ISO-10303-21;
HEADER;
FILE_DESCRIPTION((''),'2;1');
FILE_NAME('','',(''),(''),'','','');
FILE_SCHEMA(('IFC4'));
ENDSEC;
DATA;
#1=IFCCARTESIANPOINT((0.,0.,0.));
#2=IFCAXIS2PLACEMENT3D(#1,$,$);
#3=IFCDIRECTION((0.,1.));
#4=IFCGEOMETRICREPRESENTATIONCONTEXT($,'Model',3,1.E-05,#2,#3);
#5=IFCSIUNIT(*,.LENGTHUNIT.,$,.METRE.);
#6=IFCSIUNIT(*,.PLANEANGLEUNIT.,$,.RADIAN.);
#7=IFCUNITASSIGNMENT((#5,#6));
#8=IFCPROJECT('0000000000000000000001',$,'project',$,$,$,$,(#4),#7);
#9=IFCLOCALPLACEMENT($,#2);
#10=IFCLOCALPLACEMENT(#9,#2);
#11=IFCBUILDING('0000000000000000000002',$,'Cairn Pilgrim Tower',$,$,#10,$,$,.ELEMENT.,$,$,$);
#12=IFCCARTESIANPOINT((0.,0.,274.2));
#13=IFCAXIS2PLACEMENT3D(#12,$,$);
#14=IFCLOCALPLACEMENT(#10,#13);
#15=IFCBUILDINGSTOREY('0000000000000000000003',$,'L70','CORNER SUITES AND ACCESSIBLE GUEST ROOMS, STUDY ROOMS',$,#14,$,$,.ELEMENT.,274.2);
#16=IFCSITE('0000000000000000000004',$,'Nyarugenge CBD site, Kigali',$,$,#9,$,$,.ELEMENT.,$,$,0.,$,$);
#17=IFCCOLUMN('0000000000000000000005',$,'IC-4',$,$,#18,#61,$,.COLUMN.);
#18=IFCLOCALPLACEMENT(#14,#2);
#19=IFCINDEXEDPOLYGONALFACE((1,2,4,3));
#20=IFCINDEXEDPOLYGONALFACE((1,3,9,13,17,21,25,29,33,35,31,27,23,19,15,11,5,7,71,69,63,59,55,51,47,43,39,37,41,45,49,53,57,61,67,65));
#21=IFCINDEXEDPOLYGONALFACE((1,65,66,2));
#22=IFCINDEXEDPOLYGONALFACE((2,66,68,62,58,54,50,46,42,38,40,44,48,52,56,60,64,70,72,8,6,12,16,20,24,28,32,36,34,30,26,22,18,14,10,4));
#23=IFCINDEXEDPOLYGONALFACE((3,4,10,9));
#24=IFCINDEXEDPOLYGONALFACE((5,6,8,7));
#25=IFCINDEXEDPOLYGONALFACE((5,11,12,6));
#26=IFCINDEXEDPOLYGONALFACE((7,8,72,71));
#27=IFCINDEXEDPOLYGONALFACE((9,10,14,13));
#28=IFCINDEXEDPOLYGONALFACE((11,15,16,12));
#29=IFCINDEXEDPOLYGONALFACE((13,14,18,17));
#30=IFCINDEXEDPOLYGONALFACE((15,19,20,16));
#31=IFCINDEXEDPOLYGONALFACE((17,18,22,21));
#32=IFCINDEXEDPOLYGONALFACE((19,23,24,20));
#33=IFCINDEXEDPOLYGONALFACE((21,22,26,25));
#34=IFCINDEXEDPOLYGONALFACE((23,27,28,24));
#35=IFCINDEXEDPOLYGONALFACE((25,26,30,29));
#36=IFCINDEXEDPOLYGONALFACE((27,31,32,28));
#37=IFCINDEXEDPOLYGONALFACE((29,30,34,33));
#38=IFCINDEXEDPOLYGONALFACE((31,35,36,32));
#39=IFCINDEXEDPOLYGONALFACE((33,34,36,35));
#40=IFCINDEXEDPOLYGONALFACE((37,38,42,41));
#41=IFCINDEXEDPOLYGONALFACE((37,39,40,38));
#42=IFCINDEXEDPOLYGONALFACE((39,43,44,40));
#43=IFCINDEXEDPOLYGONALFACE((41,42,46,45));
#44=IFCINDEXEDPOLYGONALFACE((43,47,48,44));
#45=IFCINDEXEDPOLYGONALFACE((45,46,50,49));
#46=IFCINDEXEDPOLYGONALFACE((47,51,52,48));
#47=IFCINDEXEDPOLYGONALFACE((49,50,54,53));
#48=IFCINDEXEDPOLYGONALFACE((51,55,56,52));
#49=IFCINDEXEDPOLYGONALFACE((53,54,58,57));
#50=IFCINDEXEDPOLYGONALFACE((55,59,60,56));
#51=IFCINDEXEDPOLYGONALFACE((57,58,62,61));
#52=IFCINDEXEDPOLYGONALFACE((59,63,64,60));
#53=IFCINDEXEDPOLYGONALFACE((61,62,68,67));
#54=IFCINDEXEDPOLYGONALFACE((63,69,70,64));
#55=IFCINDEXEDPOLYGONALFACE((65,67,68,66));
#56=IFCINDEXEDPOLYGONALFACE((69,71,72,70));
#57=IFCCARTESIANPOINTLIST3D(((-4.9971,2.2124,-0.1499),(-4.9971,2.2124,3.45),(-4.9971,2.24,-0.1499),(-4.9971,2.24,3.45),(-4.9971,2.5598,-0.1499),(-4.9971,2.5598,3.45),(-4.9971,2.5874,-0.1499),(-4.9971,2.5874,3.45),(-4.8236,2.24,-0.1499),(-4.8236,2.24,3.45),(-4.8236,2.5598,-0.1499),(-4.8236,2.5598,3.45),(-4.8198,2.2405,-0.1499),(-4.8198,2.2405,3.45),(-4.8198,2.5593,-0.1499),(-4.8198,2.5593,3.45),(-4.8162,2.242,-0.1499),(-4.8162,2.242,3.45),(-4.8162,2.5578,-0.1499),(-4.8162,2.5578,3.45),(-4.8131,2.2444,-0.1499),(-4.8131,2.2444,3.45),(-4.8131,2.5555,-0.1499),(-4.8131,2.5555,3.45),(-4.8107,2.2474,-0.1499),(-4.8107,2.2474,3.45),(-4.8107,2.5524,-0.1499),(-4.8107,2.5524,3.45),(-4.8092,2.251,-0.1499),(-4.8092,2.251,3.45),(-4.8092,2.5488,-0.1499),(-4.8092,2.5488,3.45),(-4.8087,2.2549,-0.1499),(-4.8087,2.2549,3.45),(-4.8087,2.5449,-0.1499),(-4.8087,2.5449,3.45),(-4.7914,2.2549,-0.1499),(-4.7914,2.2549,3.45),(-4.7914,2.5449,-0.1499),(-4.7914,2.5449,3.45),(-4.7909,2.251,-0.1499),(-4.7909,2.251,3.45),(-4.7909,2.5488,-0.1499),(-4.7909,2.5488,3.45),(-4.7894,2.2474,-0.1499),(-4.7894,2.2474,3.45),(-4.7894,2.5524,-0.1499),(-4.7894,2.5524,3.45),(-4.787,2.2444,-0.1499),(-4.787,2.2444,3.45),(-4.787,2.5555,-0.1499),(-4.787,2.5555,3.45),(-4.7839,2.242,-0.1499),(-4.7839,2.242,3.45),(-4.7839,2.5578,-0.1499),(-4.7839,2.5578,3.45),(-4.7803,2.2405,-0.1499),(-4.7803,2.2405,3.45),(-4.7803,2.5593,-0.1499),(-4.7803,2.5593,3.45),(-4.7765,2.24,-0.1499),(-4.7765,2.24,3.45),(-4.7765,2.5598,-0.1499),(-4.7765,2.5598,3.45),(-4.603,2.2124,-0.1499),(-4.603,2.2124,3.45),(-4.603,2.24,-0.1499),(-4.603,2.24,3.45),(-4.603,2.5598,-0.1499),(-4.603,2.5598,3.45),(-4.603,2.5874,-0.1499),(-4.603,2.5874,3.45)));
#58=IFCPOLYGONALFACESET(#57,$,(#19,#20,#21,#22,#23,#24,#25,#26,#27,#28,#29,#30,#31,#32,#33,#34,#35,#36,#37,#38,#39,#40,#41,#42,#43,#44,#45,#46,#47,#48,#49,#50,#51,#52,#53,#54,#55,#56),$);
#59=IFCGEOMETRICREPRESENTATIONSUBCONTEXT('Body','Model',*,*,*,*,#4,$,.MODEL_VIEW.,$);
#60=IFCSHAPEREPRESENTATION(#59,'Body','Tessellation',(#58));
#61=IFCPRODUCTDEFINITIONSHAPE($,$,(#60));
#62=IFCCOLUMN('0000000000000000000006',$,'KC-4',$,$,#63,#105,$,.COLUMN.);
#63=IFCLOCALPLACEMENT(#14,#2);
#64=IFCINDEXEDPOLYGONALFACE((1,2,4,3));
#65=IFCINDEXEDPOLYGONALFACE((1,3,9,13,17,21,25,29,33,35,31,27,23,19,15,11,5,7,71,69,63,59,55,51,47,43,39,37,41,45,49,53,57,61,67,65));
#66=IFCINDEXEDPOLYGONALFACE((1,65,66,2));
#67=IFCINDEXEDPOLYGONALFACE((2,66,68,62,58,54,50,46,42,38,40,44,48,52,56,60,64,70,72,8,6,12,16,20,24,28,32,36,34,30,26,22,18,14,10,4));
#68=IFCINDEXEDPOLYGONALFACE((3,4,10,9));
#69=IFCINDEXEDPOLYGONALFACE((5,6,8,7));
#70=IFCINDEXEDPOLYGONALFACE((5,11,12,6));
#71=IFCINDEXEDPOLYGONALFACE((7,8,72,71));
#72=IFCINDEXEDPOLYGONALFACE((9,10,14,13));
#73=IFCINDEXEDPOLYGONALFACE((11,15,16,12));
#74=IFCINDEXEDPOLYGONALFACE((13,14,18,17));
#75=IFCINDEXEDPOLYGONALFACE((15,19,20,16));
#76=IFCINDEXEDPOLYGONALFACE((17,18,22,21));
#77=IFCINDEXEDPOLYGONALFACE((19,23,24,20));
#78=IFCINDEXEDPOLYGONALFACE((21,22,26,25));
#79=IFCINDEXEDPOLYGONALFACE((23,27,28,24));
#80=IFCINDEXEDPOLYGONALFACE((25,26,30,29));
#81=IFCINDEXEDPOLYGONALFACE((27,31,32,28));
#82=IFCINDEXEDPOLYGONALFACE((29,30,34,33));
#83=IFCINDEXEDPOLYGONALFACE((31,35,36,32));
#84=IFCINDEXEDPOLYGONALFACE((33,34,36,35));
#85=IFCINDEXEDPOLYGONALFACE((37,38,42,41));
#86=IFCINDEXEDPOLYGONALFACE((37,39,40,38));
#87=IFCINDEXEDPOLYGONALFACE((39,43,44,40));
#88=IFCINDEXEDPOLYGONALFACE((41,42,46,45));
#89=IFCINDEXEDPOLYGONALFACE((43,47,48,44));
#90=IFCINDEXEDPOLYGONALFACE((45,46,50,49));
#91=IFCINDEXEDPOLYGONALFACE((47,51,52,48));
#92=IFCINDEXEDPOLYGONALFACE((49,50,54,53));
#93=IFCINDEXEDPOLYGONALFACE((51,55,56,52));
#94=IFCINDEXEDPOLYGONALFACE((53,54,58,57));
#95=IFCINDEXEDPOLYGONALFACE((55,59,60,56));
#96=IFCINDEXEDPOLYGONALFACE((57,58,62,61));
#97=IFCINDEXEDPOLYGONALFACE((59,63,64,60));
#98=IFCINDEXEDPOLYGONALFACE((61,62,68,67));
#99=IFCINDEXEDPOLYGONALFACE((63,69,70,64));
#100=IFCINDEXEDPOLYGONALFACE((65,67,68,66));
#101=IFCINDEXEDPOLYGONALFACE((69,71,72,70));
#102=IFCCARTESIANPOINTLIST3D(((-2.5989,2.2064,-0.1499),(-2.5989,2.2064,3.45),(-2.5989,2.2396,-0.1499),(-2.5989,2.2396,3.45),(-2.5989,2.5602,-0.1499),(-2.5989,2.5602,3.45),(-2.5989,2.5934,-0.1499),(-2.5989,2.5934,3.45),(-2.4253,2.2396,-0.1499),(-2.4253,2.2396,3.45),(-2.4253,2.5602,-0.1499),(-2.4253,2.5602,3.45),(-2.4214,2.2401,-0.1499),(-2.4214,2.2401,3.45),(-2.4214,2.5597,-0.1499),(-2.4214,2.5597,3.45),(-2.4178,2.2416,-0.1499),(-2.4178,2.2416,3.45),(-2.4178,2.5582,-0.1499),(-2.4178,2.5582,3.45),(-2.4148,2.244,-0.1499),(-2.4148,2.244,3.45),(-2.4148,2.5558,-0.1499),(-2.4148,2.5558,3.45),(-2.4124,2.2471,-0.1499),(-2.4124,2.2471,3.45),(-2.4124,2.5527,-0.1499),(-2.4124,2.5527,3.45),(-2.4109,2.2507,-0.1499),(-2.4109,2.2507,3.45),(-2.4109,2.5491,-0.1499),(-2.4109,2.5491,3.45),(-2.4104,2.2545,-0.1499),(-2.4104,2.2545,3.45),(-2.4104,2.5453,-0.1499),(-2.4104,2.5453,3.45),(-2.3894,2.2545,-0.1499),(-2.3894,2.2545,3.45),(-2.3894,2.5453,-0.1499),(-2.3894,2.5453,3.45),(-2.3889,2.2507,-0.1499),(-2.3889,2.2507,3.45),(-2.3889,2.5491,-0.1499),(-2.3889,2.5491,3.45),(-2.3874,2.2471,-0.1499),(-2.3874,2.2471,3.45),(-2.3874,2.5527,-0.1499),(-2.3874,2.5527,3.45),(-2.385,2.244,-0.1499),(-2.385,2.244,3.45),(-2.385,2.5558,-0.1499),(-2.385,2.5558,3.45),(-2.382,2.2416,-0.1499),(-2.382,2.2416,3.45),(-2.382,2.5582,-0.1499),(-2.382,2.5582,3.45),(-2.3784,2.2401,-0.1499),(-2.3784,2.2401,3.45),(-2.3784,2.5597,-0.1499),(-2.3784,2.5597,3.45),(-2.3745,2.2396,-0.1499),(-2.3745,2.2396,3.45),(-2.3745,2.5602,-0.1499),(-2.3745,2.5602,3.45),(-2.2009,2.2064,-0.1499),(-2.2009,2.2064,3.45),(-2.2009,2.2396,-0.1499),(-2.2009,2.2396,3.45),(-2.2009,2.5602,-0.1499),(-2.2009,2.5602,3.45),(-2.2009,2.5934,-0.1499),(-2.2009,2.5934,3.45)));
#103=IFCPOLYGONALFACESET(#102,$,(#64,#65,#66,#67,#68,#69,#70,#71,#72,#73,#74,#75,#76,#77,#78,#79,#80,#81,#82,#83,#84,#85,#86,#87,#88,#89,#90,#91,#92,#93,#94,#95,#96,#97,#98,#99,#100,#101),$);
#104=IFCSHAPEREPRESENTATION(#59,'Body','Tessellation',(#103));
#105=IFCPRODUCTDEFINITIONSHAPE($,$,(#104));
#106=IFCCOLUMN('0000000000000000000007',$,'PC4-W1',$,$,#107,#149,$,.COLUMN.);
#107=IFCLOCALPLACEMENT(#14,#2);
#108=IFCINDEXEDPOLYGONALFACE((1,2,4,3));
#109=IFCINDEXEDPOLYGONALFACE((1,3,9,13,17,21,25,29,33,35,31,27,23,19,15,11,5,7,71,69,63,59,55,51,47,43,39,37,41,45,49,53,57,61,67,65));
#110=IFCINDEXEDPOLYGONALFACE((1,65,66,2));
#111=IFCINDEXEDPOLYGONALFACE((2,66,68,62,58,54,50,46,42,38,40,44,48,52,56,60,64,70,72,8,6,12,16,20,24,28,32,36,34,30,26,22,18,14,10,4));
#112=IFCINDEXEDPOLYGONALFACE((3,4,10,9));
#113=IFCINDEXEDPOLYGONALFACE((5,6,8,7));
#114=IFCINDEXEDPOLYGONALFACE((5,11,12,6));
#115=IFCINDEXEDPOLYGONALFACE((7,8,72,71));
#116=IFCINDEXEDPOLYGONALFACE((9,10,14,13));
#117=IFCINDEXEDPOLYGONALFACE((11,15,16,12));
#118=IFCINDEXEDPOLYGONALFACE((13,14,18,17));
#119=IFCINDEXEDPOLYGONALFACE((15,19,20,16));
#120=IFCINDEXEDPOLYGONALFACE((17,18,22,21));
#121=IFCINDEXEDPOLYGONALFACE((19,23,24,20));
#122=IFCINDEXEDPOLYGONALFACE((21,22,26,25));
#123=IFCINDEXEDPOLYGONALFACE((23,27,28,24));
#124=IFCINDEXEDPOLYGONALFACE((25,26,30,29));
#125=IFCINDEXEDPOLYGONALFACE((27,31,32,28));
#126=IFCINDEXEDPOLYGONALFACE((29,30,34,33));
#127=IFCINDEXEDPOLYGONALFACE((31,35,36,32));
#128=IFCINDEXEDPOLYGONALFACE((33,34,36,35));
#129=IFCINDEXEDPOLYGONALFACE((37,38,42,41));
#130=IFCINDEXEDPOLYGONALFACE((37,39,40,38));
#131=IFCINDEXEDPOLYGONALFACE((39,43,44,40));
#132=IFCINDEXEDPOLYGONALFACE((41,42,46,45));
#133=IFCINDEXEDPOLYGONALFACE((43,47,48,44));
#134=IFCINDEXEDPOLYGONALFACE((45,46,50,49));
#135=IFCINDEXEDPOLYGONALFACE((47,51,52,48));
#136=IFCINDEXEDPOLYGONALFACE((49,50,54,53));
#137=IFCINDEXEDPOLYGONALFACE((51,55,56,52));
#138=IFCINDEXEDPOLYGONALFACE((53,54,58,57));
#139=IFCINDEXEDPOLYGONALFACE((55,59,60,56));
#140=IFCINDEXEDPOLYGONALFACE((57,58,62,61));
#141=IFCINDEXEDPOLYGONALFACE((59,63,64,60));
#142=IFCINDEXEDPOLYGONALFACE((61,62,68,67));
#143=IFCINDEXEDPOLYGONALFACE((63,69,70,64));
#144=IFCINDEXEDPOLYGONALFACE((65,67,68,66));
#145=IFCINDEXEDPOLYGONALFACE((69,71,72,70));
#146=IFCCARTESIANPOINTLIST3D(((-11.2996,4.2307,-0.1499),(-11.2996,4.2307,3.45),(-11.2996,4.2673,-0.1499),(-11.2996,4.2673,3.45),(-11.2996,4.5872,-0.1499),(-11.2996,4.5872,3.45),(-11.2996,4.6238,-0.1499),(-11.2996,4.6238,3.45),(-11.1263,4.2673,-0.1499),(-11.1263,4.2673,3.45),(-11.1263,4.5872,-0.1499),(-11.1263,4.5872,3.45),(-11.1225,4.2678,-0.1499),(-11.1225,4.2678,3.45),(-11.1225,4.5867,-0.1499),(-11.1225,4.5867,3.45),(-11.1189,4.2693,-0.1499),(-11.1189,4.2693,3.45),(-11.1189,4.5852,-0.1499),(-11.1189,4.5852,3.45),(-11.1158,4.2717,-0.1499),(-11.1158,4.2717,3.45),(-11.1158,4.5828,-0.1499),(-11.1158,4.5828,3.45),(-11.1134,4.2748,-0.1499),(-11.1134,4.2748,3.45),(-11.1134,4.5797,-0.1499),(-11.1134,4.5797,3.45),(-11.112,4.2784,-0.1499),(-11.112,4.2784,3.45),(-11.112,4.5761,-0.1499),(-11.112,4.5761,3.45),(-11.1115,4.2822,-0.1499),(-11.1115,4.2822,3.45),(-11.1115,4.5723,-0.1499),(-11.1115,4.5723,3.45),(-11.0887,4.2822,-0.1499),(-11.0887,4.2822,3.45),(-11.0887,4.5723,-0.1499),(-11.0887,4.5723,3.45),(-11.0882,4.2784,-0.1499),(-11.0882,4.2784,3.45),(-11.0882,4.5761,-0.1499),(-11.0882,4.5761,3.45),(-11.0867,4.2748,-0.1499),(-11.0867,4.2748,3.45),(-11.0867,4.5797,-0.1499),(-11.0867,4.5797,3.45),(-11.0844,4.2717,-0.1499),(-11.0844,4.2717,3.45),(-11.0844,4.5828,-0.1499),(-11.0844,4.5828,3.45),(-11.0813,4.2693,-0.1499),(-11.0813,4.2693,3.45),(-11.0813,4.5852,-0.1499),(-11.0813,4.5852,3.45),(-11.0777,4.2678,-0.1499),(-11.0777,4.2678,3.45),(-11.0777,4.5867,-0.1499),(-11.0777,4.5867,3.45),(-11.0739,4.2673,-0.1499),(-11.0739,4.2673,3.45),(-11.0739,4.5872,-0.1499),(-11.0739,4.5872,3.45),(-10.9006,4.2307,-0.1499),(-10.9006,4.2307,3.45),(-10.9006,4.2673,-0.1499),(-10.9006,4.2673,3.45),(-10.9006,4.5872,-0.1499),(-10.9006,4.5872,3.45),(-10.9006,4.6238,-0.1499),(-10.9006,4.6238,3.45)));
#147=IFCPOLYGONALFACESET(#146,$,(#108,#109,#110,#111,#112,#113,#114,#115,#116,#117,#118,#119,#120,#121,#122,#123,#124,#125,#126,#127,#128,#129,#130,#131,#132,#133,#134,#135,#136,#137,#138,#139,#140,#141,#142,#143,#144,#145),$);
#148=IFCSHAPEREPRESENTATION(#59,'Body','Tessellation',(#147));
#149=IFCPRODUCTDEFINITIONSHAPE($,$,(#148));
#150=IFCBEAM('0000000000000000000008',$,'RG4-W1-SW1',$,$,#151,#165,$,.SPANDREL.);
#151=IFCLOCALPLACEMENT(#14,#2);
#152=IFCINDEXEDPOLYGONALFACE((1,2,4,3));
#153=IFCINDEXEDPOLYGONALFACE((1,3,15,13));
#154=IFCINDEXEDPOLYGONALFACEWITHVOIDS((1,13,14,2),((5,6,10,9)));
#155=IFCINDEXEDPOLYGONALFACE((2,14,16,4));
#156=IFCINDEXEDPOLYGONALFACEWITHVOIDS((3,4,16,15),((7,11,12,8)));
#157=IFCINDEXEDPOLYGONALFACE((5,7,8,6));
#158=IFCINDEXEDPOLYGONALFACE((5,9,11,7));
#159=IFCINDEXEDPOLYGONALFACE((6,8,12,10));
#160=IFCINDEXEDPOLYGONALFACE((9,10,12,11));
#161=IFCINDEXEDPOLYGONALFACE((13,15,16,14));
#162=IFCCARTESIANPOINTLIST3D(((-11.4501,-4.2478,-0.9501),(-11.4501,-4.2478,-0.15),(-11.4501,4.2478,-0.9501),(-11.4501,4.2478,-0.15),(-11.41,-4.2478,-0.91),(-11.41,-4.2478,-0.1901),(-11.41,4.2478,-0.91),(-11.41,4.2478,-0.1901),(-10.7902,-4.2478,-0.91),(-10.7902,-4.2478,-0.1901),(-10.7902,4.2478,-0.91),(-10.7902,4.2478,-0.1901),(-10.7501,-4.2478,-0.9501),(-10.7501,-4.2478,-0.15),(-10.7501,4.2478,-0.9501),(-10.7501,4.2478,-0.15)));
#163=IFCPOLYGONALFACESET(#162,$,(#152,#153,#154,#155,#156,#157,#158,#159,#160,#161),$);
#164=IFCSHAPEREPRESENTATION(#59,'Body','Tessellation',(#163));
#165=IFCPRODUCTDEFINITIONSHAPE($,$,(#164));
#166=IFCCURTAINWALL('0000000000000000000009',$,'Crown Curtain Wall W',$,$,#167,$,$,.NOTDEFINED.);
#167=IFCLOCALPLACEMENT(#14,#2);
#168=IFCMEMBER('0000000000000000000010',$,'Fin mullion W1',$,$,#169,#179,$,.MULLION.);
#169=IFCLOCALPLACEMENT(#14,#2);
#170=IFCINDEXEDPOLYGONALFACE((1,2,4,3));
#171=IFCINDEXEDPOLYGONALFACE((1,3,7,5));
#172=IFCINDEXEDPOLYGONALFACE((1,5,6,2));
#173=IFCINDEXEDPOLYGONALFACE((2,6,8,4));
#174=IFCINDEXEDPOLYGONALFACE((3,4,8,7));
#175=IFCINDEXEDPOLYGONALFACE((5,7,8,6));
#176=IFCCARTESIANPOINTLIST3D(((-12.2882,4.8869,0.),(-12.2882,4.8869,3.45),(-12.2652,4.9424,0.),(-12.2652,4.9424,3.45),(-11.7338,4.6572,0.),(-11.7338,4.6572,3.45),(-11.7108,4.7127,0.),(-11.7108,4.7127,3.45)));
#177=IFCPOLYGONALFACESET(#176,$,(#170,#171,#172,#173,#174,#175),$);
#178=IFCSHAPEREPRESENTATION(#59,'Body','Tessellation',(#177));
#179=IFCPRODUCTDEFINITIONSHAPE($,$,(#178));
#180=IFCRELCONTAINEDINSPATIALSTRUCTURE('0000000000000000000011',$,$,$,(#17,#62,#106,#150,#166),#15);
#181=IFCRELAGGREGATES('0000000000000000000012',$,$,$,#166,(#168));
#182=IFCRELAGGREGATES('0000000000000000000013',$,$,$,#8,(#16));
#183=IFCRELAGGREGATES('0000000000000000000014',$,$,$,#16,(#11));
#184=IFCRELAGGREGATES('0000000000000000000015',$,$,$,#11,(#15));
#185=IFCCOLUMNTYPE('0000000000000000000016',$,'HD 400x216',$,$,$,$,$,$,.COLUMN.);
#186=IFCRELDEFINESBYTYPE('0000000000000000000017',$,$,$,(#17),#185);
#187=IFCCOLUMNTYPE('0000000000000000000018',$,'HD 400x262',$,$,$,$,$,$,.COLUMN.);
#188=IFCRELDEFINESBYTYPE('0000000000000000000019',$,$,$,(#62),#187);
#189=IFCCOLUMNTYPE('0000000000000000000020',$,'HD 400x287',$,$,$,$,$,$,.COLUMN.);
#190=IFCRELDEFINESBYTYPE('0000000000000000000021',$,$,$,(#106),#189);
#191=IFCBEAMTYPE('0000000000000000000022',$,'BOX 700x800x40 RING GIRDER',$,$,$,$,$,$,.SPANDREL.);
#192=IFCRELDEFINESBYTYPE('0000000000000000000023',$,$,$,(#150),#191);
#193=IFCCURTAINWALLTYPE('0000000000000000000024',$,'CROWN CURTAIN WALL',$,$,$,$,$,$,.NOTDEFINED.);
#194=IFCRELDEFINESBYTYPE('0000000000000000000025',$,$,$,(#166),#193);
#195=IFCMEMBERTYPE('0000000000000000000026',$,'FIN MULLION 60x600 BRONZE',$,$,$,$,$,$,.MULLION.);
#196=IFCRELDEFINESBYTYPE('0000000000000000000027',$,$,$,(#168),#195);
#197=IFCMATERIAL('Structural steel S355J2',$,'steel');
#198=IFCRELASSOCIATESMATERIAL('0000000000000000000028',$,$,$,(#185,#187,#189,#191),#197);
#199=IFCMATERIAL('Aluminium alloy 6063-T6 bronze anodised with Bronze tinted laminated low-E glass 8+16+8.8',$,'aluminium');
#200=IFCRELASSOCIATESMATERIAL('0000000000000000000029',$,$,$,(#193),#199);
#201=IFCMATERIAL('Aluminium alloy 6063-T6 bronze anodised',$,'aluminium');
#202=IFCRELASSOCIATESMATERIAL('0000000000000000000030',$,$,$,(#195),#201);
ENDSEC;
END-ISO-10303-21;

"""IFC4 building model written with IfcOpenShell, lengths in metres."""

from ifc_helpers import new_model, si_unit, direction, frame, origin, origin_2d, place, context, subcontext, project, spatial, rectangle, hollow_rectangle, i_section, extrude, material, material_profile, profile_set, type_object, element, aggregate, save


model = new_model("IFC4")

# Units and contexts
model_context = context("Model", 3, precision=1e-05, world=origin(), true_north=direction((0.0, 1.0)))
body_context = subcontext(model_context, "Body", "Model", "MODEL_VIEW")
ifc_project = project(units=[si_unit("LENGTHUNIT", "METRE"), si_unit("PLANEANGLEUNIT", "RADIAN")], contexts=[model_context])

# Site, building, storey
site_placement = place(None, origin())
site = spatial("IfcSite", under=ifc_project, at=site_placement, Name="Nyarugenge CBD site, Kigali", CompositionType="ELEMENT", RefElevation=0.0)
building_placement = place(site_placement, origin())
building = spatial("IfcBuilding", under=site, at=building_placement, Name="Cairn Pilgrim Tower", CompositionType="ELEMENT")
storey_placement = place(building_placement, frame((0.0, 0.0, 274.2)))
storey = spatial("IfcBuildingStorey", under=building, at=storey_placement, Name="L70", Description="CORNER SUITES AND ACCESSIBLE GUEST ROOMS, STUDY ROOMS", CompositionType="ELEMENT", Elevation=274.2)

# Columns
ifc_material_1 = material(Name="Structural steel S355J2", Category="steel")
ifc_material_profile_1 = material_profile(ifc_material_1, i_section(OverallWidth=0.394, OverallDepth=0.375, WebThickness=0.0173, FlangeThickness=0.0276, FilletRadius=0.0149, at=origin_2d()), Name="HD 400x216")
ifc_profile_set_1 = profile_set([ifc_material_profile_1], Name="Structural steel S355J2")
column_type_1 = type_object("IfcColumnType", Name="HD 400x216", PredefinedType="COLUMN", material=ifc_profile_set_1)
column_1_placement = place(storey_placement, frame((-4.8, 2.3999, -0.1499), z_axis=(0.0, 0.0, 1.0), x_axis=(1.0, 0.0, 0.0)))
element("IfcColumn", 1, at=column_1_placement, inside=storey, type_object=column_type_1, Name="IC-4", PredefinedType="COLUMN", context=body_context, shape_type="SweptSolid", body=[
    extrude(i_section(OverallWidth=0.394, OverallDepth=0.375, WebThickness=0.0173, FlangeThickness=0.0276, FilletRadius=0.0149, at=origin_2d()), origin(), (0.0, 0.0, 1.0), 3.5999),
])
ifc_material_profile_2 = material_profile(ifc_material_1, i_section(OverallWidth=0.3979, OverallDepth=0.387, WebThickness=0.021, FlangeThickness=0.0332, FilletRadius=0.0149, at=origin_2d()), Name="HD 400x262")
ifc_profile_set_2 = profile_set([ifc_material_profile_2], Name="Structural steel S355J2")
column_type_2 = type_object("IfcColumnType", Name="HD 400x262", PredefinedType="COLUMN", material=ifc_profile_set_2)
column_2_placement = place(storey_placement, frame((-2.3999, 2.3999, -0.1499), z_axis=(0.0, 0.0, 1.0), x_axis=(1.0, 0.0, 0.0)))
element("IfcColumn", 2, at=column_2_placement, inside=storey, type_object=column_type_2, Name="KC-4", PredefinedType="COLUMN", context=body_context, shape_type="SweptSolid", body=[
    extrude(i_section(OverallWidth=0.3979, OverallDepth=0.387, WebThickness=0.021, FlangeThickness=0.0332, FilletRadius=0.0149, at=origin_2d()), origin(), (0.0, 0.0, 1.0), 3.5999),
])
ifc_material_profile_3 = material_profile(ifc_material_1, i_section(OverallWidth=0.3989, OverallDepth=0.3931, WebThickness=0.0227, FlangeThickness=0.0366, FilletRadius=0.0149, at=origin_2d()), Name="HD 400x287")
ifc_profile_set_3 = profile_set([ifc_material_profile_3], Name="Structural steel S355J2")
column_type_3 = type_object("IfcColumnType", Name="HD 400x287", PredefinedType="COLUMN", material=ifc_profile_set_3)
column_3_placement = place(storey_placement, frame((-11.1001, 4.4272, -0.1499), z_axis=(0.0, 0.0, 1.0), x_axis=(1.0, 0.0, 0.0)))
element("IfcColumn", 3, at=column_3_placement, inside=storey, type_object=column_type_3, Name="PC4-W1", PredefinedType="COLUMN", context=body_context, shape_type="SweptSolid", body=[
    extrude(i_section(OverallWidth=0.3989, OverallDepth=0.3931, WebThickness=0.0227, FlangeThickness=0.0366, FilletRadius=0.0149, at=origin_2d()), origin(), (0.0, 0.0, 1.0), 3.5999),
])

# Beam
ifc_material_profile_4 = material_profile(ifc_material_1, hollow_rectangle(XDim=0.7, YDim=0.8, WallThickness=0.04, at=origin_2d()), Name="BOX 700x800x40")
ifc_profile_set_4 = profile_set([ifc_material_profile_4], Name="Structural steel S355J2")
beam_type_1 = type_object("IfcBeamType", Name="BOX 700x800x40 RING GIRDER", PredefinedType="SPANDREL", material=ifc_profile_set_4)
beam_1_placement = place(storey_placement, frame((-11.1001, 4.2478, -0.55), z_axis=(0.0, -1.0, 0.0), x_axis=(1.0, 0.0, 0.0)))
element("IfcBeam", 4, at=beam_1_placement, inside=storey, type_object=beam_type_1, Name="RG4-W1-SW1", PredefinedType="SPANDREL", context=body_context, shape_type="SweptSolid", body=[
    extrude(hollow_rectangle(XDim=0.7, YDim=0.8, WallThickness=0.04, at=origin_2d()), origin(), (0.0, 0.0, 1.0), 8.4956),
])

# Curtain wall, member
ifc_material_2 = material(Name="Aluminium alloy 6063-T6 bronze anodised with Bronze tinted laminated low-E glass 8+16+8.8", Category="aluminium")
curtain_wall_type = type_object("IfcCurtainWallType", Name="CROWN CURTAIN WALL", PredefinedType="NOTDEFINED", material=ifc_material_2)
curtain_wall_1_placement = place(storey_placement, origin())
curtain_wall_1 = element("IfcCurtainWall", 5, at=curtain_wall_1_placement, inside=storey, type_object=curtain_wall_type, Name="Crown Curtain Wall W", PredefinedType="NOTDEFINED")
ifc_material_3 = material(Name="Aluminium alloy 6063-T6 bronze anodised", Category="aluminium")
ifc_material_profile_5 = material_profile(ifc_material_3, rectangle(XDim=0.6001, YDim=0.0601, at=origin_2d()), Name="FIN MULLION 60x600 BRONZE")
ifc_profile_set_5 = profile_set([ifc_material_profile_5], Name="Aluminium alloy 6063-T6 bronze anodised")
member_type_1 = type_object("IfcMemberType", Name="FIN MULLION 60x600 BRONZE", PredefinedType="MULLION", material=ifc_profile_set_5)
member_1_placement = place(storey_placement, frame((-11.9995, 4.7998, 0.0), z_axis=(0.0, 0.0, 1.0), x_axis=(-0.92388, 0.382683, 0.0)))
member_1 = element("IfcMember", 6, at=member_1_placement, type_object=member_type_1, Name="Fin mullion W1", PredefinedType="MULLION", context=body_context, shape_type="SweptSolid", body=[
    extrude(rectangle(XDim=0.6001, YDim=0.0601, at=origin_2d()), origin(), (0.0, 0.0, 1.0), 3.45),
])

aggregate(curtain_wall_1, [member_1])

save(model, "model.ifc")
